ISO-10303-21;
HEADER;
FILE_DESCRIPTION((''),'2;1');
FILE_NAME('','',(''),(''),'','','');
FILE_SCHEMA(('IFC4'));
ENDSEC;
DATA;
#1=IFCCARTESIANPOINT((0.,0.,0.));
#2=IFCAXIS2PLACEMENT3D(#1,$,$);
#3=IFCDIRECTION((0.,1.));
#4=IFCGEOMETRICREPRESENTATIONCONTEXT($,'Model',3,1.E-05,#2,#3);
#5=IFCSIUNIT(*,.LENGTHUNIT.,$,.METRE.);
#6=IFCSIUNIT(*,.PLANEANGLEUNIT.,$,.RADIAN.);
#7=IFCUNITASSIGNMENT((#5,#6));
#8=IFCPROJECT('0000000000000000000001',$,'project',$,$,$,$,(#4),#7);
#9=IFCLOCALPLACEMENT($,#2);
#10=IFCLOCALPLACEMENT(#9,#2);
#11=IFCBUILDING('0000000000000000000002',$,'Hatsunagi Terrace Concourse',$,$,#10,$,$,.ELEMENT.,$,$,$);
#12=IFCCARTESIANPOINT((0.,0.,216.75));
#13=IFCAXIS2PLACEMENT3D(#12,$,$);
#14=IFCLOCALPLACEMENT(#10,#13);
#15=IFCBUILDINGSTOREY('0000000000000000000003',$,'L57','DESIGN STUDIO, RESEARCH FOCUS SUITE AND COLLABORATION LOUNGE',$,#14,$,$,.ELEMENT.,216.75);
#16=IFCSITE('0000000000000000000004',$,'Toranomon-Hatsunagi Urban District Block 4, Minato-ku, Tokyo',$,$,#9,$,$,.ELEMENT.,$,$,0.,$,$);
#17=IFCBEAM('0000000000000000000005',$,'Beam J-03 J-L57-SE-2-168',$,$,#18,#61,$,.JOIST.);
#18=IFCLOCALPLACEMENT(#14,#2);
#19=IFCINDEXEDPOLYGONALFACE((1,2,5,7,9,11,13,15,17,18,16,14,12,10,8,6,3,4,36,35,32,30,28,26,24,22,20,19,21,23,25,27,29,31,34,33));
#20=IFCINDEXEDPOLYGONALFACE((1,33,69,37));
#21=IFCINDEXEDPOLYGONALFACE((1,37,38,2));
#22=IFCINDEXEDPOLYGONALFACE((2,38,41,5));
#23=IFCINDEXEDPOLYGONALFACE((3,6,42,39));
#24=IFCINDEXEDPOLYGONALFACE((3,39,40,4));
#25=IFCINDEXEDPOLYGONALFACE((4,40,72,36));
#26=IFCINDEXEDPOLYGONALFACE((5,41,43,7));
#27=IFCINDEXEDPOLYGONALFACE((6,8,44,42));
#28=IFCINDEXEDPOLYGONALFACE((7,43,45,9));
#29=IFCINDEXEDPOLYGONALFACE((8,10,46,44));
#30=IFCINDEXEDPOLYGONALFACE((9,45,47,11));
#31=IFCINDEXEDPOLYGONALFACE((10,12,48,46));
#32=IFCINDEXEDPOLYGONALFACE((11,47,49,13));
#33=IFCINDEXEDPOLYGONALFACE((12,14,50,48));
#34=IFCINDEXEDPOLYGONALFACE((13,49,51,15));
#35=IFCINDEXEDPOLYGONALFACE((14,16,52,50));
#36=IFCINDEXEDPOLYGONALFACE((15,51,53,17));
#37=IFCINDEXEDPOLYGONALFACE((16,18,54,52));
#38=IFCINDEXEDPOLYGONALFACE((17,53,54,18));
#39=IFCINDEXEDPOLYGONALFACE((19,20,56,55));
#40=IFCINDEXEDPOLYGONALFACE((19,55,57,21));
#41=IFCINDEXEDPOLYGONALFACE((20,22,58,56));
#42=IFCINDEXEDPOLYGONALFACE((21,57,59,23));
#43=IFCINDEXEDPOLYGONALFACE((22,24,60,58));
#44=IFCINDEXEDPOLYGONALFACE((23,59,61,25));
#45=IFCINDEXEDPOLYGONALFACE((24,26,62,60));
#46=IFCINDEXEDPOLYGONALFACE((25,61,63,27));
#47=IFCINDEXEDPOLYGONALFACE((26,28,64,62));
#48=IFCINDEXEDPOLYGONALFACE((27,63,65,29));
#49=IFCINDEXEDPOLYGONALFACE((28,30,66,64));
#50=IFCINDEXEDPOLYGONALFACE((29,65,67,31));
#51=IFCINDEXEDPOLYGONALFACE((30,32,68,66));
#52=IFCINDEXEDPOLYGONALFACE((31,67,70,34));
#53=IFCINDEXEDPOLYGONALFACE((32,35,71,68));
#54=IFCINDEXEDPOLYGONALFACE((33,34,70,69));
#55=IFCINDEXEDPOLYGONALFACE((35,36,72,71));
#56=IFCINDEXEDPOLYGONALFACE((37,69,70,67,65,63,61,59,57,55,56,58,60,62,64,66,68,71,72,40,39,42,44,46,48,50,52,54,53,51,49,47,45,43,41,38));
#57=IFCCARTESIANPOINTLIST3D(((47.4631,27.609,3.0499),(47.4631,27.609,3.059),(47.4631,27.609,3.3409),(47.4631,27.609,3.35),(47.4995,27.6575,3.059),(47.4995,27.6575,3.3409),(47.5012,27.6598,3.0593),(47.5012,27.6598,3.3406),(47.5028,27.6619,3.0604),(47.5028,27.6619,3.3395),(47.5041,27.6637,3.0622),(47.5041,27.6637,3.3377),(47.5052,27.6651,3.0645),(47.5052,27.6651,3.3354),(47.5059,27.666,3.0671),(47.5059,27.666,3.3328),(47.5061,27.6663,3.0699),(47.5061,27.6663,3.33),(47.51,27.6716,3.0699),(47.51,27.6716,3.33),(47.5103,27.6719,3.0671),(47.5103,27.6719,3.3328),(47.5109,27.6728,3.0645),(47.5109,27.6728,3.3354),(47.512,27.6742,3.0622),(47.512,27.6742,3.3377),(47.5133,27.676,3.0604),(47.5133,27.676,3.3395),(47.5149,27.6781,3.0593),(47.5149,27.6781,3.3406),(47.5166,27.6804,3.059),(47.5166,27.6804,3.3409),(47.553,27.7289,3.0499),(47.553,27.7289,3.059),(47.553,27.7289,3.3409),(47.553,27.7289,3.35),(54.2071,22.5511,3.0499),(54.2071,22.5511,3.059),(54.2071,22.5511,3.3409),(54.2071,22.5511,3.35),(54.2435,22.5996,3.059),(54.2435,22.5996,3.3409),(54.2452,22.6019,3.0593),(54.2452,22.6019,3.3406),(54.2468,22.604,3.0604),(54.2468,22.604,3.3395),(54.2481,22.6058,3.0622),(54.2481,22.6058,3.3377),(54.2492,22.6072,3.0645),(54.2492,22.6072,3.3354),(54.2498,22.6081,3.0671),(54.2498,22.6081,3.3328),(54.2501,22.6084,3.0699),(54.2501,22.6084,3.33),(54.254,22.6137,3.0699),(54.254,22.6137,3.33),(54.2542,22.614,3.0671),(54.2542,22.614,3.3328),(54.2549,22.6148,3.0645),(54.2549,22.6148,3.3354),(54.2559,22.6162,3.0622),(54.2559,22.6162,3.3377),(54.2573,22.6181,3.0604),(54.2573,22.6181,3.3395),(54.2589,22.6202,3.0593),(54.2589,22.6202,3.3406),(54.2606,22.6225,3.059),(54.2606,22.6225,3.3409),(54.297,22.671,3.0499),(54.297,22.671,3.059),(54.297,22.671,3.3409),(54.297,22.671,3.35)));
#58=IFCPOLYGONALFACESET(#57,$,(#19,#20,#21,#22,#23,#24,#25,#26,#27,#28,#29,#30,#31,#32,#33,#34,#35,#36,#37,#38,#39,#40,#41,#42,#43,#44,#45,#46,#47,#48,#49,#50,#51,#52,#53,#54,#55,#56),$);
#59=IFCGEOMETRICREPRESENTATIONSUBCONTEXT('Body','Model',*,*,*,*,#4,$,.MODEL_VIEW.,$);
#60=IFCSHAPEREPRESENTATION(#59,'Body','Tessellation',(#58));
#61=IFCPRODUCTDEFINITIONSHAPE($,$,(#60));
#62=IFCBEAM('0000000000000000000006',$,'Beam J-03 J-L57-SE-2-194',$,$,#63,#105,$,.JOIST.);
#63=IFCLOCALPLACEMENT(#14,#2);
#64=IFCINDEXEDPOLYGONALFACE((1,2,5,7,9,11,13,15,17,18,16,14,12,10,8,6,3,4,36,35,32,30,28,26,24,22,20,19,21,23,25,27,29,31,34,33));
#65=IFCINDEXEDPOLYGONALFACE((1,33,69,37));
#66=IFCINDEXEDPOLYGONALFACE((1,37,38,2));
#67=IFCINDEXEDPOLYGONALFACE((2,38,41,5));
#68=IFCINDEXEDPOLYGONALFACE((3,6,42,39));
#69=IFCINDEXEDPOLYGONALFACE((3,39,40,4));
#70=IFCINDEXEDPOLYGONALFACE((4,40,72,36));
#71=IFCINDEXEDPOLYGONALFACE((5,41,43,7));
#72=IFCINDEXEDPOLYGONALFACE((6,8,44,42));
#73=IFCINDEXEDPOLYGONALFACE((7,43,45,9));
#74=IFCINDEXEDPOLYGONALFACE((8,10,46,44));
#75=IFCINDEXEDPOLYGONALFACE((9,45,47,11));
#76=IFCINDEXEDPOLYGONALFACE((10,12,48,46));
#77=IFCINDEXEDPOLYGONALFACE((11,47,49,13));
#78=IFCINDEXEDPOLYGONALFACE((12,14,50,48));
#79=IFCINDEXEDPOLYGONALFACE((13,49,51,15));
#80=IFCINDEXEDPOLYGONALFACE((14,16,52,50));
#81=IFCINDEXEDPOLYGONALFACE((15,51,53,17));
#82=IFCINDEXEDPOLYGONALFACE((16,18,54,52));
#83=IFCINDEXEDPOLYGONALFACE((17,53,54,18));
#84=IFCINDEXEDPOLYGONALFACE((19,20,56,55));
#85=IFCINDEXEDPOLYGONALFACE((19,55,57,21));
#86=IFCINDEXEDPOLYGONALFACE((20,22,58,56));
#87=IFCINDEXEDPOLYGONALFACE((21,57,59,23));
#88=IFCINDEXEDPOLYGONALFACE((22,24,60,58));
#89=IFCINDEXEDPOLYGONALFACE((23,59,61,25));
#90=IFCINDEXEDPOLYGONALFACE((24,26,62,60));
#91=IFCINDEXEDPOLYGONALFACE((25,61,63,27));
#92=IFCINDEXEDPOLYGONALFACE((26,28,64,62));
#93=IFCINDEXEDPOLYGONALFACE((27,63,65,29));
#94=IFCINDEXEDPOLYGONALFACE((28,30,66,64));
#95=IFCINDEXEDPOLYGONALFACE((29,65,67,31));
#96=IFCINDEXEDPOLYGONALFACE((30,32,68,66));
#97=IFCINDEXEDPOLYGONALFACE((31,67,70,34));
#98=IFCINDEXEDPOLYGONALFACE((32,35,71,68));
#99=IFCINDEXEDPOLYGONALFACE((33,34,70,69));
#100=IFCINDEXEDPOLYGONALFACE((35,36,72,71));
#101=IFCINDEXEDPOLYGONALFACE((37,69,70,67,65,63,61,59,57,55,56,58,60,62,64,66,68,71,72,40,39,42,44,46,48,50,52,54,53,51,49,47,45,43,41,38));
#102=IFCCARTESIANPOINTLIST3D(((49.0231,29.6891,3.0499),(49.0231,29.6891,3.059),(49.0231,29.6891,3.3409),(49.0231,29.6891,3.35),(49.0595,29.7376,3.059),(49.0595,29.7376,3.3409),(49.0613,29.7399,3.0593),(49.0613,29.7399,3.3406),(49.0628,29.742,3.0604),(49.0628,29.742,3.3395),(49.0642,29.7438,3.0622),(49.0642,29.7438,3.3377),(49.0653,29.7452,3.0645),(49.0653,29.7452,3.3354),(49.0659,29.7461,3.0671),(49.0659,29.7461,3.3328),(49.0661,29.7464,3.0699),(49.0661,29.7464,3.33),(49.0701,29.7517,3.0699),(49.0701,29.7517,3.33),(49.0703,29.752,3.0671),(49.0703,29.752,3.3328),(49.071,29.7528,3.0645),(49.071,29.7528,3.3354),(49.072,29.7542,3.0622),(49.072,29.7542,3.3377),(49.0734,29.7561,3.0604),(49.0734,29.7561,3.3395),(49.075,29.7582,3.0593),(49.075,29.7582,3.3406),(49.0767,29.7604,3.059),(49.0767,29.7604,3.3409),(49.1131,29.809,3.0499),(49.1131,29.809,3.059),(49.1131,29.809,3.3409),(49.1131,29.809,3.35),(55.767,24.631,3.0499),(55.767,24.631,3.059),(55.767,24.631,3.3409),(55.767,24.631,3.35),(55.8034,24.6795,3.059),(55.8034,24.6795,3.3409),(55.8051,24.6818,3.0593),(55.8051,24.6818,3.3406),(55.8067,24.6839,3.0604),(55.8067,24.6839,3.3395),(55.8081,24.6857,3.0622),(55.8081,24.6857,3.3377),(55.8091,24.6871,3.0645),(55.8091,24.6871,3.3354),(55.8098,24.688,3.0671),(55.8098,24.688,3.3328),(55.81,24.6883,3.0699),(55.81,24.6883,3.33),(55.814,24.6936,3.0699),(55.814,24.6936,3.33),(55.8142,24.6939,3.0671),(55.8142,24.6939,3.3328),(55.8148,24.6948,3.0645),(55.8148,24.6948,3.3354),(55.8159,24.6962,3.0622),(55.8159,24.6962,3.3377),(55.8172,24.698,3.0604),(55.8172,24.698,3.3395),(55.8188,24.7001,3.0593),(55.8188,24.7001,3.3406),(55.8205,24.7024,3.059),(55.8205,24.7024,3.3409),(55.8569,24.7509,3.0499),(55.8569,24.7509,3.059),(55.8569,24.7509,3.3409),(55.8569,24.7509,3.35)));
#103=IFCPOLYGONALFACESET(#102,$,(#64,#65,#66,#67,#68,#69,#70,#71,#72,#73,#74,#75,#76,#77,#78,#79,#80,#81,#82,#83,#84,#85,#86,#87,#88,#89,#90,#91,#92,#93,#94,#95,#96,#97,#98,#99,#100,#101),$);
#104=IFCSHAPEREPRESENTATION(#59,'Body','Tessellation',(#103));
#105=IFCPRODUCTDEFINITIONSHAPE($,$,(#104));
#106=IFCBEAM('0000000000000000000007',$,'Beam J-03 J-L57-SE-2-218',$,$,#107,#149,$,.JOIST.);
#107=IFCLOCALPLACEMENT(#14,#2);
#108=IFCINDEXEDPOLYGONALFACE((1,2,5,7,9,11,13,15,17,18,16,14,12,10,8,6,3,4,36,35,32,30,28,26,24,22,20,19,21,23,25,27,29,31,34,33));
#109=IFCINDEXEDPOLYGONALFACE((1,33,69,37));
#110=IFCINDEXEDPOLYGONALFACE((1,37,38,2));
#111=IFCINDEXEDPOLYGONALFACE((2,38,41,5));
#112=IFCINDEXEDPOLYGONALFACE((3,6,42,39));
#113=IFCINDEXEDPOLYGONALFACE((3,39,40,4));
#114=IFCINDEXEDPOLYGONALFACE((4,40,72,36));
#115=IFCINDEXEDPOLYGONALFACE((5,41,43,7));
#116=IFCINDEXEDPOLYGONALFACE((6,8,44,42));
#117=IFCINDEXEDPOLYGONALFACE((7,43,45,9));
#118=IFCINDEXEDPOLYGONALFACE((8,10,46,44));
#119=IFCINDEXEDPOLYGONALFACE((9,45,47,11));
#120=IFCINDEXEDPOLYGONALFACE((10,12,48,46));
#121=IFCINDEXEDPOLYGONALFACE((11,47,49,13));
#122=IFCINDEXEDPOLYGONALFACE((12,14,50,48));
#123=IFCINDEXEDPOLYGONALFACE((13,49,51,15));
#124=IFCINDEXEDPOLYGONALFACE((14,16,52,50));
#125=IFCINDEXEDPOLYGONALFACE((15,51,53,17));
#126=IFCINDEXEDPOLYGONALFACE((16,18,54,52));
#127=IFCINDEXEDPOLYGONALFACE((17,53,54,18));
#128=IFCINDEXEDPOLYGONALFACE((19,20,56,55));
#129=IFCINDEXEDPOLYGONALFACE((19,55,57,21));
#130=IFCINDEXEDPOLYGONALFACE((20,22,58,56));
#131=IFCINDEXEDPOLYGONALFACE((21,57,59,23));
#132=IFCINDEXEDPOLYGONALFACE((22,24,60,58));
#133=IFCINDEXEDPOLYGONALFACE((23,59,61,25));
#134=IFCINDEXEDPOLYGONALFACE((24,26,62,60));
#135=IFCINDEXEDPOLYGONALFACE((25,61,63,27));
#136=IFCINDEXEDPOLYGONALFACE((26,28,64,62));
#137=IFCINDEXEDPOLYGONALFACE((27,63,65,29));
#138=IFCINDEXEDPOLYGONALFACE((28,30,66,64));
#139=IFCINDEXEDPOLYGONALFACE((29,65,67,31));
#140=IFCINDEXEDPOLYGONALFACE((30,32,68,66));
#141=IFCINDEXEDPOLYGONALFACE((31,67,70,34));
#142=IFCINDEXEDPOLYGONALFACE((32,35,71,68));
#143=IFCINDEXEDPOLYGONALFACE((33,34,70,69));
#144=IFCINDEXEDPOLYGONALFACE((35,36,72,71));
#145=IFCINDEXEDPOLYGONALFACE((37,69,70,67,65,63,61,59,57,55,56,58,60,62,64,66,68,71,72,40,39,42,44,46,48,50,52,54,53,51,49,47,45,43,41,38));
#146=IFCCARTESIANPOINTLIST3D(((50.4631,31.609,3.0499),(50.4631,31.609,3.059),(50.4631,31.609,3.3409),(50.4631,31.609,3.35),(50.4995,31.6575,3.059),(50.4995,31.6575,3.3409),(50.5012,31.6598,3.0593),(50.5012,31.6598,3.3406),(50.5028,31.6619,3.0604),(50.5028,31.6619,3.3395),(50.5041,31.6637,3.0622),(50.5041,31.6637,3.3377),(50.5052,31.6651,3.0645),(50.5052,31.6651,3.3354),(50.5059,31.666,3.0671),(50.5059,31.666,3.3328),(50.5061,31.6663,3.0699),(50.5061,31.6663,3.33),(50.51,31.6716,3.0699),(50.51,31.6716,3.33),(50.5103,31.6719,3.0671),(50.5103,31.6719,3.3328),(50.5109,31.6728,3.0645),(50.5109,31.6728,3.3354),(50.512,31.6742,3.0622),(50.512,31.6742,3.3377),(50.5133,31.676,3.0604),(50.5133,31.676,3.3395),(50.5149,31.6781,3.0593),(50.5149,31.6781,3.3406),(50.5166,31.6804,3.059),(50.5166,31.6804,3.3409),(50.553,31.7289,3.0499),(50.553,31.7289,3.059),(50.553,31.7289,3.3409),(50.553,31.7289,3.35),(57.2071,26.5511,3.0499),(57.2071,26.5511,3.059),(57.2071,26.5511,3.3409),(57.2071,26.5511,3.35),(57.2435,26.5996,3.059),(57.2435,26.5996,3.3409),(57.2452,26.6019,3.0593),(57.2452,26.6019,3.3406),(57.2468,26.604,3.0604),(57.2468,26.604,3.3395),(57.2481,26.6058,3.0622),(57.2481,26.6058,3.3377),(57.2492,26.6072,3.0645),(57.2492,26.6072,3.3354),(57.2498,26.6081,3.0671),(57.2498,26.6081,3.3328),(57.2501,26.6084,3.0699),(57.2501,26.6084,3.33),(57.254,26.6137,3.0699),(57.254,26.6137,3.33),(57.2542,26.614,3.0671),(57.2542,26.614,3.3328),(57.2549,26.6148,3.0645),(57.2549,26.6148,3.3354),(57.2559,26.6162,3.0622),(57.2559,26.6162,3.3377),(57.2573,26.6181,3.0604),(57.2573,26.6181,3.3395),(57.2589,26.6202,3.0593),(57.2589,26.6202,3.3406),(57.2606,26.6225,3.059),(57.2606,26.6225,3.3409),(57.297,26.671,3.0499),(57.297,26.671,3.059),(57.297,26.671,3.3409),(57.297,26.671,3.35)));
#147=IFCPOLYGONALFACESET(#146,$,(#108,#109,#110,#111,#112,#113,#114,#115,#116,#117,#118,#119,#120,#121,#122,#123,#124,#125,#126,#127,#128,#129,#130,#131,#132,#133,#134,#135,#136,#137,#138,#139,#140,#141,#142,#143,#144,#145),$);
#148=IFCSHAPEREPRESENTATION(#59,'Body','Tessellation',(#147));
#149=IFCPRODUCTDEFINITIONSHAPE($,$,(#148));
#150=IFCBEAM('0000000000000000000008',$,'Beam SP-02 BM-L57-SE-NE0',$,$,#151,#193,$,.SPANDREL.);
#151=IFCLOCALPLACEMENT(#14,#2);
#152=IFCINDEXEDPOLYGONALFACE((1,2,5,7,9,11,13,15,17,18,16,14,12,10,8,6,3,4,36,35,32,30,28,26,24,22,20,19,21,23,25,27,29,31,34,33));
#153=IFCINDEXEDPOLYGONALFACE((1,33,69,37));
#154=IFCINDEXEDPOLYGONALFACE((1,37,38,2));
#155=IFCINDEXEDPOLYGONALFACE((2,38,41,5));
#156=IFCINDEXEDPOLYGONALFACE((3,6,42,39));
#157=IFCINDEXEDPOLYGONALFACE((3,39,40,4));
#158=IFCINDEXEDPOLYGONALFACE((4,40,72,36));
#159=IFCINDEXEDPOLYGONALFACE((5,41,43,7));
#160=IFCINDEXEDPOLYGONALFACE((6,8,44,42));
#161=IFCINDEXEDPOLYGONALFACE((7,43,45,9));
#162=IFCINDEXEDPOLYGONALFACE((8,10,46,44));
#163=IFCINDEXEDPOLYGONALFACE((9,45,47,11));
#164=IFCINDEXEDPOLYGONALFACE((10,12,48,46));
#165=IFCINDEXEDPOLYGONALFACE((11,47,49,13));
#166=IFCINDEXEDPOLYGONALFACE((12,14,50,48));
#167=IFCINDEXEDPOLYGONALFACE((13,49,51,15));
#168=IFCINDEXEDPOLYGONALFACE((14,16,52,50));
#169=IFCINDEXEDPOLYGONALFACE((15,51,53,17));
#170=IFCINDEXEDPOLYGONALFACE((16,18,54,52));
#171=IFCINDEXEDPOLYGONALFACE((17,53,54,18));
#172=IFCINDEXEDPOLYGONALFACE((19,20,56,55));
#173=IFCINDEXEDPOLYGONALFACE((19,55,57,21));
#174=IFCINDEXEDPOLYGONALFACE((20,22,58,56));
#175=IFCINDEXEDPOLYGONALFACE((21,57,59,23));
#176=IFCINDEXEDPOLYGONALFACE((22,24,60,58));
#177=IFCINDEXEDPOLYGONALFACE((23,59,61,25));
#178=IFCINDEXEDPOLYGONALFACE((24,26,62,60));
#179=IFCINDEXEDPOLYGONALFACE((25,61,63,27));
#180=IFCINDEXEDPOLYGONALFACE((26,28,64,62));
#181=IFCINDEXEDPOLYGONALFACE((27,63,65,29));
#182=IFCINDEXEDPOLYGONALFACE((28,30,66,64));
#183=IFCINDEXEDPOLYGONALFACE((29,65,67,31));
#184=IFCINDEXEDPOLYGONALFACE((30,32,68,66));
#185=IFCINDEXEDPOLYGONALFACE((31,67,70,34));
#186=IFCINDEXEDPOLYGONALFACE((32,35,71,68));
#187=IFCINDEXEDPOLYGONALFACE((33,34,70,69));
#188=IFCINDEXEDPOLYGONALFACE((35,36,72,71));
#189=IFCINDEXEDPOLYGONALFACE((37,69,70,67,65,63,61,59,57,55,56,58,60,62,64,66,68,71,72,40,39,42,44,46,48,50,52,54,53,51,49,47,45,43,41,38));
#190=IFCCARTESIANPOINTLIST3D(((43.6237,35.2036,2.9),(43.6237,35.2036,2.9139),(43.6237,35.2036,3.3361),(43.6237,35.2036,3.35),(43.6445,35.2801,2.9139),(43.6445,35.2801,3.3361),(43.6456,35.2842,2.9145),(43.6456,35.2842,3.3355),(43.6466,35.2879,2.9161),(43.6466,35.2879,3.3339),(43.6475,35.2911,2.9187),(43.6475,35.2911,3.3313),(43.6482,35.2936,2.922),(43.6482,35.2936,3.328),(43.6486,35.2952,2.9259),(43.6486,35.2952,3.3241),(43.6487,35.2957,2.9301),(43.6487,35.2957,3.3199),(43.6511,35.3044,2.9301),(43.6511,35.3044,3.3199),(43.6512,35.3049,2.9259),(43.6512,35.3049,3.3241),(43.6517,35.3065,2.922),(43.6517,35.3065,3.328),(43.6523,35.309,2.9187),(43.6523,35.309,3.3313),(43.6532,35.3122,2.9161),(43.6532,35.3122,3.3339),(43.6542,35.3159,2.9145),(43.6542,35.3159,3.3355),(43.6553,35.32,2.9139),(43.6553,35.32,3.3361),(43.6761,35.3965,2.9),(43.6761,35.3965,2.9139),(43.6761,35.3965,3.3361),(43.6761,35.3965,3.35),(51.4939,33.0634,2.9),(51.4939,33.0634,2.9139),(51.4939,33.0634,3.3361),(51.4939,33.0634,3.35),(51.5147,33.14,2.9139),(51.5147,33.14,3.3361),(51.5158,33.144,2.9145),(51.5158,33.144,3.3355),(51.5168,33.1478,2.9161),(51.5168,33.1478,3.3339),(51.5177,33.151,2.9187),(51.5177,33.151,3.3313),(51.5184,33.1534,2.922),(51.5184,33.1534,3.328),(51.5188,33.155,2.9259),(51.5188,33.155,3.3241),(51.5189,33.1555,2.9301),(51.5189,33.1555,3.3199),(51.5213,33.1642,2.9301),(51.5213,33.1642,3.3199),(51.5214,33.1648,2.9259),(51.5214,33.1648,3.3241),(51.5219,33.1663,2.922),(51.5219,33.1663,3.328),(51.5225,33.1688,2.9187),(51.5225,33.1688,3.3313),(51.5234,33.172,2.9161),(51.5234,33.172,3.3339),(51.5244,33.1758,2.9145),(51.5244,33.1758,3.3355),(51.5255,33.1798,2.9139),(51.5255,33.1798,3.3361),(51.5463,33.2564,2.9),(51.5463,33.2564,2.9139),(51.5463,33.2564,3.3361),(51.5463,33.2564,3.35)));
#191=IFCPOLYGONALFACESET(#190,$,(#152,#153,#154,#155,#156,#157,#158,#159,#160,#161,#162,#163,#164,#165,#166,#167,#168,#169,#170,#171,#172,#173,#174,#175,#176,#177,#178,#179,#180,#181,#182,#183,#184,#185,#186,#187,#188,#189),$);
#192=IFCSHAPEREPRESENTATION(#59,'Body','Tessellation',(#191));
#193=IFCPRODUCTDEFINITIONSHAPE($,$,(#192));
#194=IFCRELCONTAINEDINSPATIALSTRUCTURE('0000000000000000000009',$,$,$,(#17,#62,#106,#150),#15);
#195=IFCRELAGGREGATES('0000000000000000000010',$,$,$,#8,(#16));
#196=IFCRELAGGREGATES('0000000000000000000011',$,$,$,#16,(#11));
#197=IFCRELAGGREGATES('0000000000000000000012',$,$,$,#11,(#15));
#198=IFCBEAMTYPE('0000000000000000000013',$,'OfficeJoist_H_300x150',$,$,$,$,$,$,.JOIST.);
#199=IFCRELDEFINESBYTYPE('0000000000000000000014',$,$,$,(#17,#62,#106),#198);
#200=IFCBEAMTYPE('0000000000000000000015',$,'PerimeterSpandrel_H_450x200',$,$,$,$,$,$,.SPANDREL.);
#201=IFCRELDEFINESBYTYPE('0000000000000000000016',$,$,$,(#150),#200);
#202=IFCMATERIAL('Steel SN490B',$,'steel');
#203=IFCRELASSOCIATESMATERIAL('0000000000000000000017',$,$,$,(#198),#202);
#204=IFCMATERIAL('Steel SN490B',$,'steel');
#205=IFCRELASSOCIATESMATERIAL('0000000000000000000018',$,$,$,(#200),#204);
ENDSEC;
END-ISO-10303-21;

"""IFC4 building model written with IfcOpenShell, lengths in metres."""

from ifc_helpers import new_model, si_unit, direction, frame, origin, origin_2d, place, context, subcontext, project, spatial, i_section, extrude, material, material_profile, profile_set, type_object, element, save


model = new_model("IFC4")

# Units and contexts
model_context = context("Model", 3, precision=1e-05, world=origin(), true_north=direction((0.0, 1.0)))
body_context = subcontext(model_context, "Body", "Model", "MODEL_VIEW")
ifc_project = project(units=[si_unit("LENGTHUNIT", "METRE"), si_unit("PLANEANGLEUNIT", "RADIAN")], contexts=[model_context])

# Site, building, storey
site_placement = place(None, origin())
site = spatial("IfcSite", under=ifc_project, at=site_placement, Name="Toranomon-Hatsunagi Urban District Block 4, Minato-ku, Tokyo", CompositionType="ELEMENT", RefElevation=0.0)
building_placement = place(site_placement, origin())
building = spatial("IfcBuilding", under=site, at=building_placement, Name="Hatsunagi Terrace Concourse", CompositionType="ELEMENT")
storey_placement = place(building_placement, frame((0.0, 0.0, 216.75)))
storey = spatial("IfcBuildingStorey", under=building, at=storey_placement, Name="L57", Description="DESIGN STUDIO, RESEARCH FOCUS SUITE AND COLLABORATION LOUNGE", CompositionType="ELEMENT", Elevation=216.75)

# Beams
ifc_material_1 = material(Name="Steel SN490B", Category="steel")
ifc_material_profile_1 = material_profile(ifc_material_1, i_section(OverallWidth=0.1499, OverallDepth=0.3, WebThickness=0.0066, FlangeThickness=0.009, FilletRadius=0.011, at=origin_2d()), Name="H-300x150x6.5x9")
ifc_profile_set_1 = profile_set([ifc_material_profile_1], Name="Steel SN490B")
beam_type_1 = type_object("IfcBeamType", Name="OfficeJoist_H_300x150", PredefinedType="JOIST", material=ifc_profile_set_1)
for number, where, z_axis, x_axis, name in (
    (1, (47.5081, 27.6689, 3.2), (0.800003, -0.599995, 0.0), (0.599995, 0.800003, 0.0), "Beam J-03 J-L57-SE-2-168"),
    (2, (49.0681, 29.749, 3.2), (0.79999, -0.600014, 0.0), (0.600014, 0.79999, 0.0), "Beam J-03 J-L57-SE-2-194"),
    (3, (50.5081, 31.6689, 3.2), (0.800003, -0.599995, 0.0), (0.599995, 0.800003, 0.0), "Beam J-03 J-L57-SE-2-218"),
):
    element("IfcBeam", number, at=place(storey_placement, frame(where, z_axis=z_axis, x_axis=x_axis)), inside=storey, type_object=beam_type_1, Name=name, PredefinedType="JOIST", context=body_context, shape_type="SweptSolid", body=[
        extrude(i_section(OverallWidth=0.1499, OverallDepth=0.3, WebThickness=0.0066, FlangeThickness=0.009, FilletRadius=0.011, at=origin_2d()), origin(), (0.0, 0.0, 1.0), 8.4299),
    ])
ifc_material_2 = material(Name="Steel SN490B", Category="steel")
ifc_material_profile_2 = material_profile(ifc_material_2, i_section(OverallWidth=0.2, OverallDepth=0.45, WebThickness=0.009, FlangeThickness=0.0139, FilletRadius=0.0161, at=origin_2d()), Name="H-450x200x9x14")
ifc_profile_set_2 = profile_set([ifc_material_profile_2], Name="Steel SN490B")
beam_type_2 = type_object("IfcBeamType", Name="PerimeterSpandrel_H_450x200", PredefinedType="SPANDREL", material=ifc_profile_set_2)
beam_1_placement = place(storey_placement, frame((43.6499, 35.3, 3.125), z_axis=(0.964958, -0.262403, 0.0), x_axis=(0.262403, 0.964958, 0.0)))
element("IfcBeam", 4, at=beam_1_placement, inside=storey, type_object=beam_type_2, Name="Beam SP-02 BM-L57-SE-NE0", PredefinedType="SPANDREL", context=body_context, shape_type="SweptSolid", body=[
    extrude(i_section(OverallWidth=0.2, OverallDepth=0.45, WebThickness=0.009, FlangeThickness=0.0139, FilletRadius=0.0161, at=origin_2d()), origin(), (0.0, 0.0, 1.0), 8.156),
])

save(model, "model.ifc")
